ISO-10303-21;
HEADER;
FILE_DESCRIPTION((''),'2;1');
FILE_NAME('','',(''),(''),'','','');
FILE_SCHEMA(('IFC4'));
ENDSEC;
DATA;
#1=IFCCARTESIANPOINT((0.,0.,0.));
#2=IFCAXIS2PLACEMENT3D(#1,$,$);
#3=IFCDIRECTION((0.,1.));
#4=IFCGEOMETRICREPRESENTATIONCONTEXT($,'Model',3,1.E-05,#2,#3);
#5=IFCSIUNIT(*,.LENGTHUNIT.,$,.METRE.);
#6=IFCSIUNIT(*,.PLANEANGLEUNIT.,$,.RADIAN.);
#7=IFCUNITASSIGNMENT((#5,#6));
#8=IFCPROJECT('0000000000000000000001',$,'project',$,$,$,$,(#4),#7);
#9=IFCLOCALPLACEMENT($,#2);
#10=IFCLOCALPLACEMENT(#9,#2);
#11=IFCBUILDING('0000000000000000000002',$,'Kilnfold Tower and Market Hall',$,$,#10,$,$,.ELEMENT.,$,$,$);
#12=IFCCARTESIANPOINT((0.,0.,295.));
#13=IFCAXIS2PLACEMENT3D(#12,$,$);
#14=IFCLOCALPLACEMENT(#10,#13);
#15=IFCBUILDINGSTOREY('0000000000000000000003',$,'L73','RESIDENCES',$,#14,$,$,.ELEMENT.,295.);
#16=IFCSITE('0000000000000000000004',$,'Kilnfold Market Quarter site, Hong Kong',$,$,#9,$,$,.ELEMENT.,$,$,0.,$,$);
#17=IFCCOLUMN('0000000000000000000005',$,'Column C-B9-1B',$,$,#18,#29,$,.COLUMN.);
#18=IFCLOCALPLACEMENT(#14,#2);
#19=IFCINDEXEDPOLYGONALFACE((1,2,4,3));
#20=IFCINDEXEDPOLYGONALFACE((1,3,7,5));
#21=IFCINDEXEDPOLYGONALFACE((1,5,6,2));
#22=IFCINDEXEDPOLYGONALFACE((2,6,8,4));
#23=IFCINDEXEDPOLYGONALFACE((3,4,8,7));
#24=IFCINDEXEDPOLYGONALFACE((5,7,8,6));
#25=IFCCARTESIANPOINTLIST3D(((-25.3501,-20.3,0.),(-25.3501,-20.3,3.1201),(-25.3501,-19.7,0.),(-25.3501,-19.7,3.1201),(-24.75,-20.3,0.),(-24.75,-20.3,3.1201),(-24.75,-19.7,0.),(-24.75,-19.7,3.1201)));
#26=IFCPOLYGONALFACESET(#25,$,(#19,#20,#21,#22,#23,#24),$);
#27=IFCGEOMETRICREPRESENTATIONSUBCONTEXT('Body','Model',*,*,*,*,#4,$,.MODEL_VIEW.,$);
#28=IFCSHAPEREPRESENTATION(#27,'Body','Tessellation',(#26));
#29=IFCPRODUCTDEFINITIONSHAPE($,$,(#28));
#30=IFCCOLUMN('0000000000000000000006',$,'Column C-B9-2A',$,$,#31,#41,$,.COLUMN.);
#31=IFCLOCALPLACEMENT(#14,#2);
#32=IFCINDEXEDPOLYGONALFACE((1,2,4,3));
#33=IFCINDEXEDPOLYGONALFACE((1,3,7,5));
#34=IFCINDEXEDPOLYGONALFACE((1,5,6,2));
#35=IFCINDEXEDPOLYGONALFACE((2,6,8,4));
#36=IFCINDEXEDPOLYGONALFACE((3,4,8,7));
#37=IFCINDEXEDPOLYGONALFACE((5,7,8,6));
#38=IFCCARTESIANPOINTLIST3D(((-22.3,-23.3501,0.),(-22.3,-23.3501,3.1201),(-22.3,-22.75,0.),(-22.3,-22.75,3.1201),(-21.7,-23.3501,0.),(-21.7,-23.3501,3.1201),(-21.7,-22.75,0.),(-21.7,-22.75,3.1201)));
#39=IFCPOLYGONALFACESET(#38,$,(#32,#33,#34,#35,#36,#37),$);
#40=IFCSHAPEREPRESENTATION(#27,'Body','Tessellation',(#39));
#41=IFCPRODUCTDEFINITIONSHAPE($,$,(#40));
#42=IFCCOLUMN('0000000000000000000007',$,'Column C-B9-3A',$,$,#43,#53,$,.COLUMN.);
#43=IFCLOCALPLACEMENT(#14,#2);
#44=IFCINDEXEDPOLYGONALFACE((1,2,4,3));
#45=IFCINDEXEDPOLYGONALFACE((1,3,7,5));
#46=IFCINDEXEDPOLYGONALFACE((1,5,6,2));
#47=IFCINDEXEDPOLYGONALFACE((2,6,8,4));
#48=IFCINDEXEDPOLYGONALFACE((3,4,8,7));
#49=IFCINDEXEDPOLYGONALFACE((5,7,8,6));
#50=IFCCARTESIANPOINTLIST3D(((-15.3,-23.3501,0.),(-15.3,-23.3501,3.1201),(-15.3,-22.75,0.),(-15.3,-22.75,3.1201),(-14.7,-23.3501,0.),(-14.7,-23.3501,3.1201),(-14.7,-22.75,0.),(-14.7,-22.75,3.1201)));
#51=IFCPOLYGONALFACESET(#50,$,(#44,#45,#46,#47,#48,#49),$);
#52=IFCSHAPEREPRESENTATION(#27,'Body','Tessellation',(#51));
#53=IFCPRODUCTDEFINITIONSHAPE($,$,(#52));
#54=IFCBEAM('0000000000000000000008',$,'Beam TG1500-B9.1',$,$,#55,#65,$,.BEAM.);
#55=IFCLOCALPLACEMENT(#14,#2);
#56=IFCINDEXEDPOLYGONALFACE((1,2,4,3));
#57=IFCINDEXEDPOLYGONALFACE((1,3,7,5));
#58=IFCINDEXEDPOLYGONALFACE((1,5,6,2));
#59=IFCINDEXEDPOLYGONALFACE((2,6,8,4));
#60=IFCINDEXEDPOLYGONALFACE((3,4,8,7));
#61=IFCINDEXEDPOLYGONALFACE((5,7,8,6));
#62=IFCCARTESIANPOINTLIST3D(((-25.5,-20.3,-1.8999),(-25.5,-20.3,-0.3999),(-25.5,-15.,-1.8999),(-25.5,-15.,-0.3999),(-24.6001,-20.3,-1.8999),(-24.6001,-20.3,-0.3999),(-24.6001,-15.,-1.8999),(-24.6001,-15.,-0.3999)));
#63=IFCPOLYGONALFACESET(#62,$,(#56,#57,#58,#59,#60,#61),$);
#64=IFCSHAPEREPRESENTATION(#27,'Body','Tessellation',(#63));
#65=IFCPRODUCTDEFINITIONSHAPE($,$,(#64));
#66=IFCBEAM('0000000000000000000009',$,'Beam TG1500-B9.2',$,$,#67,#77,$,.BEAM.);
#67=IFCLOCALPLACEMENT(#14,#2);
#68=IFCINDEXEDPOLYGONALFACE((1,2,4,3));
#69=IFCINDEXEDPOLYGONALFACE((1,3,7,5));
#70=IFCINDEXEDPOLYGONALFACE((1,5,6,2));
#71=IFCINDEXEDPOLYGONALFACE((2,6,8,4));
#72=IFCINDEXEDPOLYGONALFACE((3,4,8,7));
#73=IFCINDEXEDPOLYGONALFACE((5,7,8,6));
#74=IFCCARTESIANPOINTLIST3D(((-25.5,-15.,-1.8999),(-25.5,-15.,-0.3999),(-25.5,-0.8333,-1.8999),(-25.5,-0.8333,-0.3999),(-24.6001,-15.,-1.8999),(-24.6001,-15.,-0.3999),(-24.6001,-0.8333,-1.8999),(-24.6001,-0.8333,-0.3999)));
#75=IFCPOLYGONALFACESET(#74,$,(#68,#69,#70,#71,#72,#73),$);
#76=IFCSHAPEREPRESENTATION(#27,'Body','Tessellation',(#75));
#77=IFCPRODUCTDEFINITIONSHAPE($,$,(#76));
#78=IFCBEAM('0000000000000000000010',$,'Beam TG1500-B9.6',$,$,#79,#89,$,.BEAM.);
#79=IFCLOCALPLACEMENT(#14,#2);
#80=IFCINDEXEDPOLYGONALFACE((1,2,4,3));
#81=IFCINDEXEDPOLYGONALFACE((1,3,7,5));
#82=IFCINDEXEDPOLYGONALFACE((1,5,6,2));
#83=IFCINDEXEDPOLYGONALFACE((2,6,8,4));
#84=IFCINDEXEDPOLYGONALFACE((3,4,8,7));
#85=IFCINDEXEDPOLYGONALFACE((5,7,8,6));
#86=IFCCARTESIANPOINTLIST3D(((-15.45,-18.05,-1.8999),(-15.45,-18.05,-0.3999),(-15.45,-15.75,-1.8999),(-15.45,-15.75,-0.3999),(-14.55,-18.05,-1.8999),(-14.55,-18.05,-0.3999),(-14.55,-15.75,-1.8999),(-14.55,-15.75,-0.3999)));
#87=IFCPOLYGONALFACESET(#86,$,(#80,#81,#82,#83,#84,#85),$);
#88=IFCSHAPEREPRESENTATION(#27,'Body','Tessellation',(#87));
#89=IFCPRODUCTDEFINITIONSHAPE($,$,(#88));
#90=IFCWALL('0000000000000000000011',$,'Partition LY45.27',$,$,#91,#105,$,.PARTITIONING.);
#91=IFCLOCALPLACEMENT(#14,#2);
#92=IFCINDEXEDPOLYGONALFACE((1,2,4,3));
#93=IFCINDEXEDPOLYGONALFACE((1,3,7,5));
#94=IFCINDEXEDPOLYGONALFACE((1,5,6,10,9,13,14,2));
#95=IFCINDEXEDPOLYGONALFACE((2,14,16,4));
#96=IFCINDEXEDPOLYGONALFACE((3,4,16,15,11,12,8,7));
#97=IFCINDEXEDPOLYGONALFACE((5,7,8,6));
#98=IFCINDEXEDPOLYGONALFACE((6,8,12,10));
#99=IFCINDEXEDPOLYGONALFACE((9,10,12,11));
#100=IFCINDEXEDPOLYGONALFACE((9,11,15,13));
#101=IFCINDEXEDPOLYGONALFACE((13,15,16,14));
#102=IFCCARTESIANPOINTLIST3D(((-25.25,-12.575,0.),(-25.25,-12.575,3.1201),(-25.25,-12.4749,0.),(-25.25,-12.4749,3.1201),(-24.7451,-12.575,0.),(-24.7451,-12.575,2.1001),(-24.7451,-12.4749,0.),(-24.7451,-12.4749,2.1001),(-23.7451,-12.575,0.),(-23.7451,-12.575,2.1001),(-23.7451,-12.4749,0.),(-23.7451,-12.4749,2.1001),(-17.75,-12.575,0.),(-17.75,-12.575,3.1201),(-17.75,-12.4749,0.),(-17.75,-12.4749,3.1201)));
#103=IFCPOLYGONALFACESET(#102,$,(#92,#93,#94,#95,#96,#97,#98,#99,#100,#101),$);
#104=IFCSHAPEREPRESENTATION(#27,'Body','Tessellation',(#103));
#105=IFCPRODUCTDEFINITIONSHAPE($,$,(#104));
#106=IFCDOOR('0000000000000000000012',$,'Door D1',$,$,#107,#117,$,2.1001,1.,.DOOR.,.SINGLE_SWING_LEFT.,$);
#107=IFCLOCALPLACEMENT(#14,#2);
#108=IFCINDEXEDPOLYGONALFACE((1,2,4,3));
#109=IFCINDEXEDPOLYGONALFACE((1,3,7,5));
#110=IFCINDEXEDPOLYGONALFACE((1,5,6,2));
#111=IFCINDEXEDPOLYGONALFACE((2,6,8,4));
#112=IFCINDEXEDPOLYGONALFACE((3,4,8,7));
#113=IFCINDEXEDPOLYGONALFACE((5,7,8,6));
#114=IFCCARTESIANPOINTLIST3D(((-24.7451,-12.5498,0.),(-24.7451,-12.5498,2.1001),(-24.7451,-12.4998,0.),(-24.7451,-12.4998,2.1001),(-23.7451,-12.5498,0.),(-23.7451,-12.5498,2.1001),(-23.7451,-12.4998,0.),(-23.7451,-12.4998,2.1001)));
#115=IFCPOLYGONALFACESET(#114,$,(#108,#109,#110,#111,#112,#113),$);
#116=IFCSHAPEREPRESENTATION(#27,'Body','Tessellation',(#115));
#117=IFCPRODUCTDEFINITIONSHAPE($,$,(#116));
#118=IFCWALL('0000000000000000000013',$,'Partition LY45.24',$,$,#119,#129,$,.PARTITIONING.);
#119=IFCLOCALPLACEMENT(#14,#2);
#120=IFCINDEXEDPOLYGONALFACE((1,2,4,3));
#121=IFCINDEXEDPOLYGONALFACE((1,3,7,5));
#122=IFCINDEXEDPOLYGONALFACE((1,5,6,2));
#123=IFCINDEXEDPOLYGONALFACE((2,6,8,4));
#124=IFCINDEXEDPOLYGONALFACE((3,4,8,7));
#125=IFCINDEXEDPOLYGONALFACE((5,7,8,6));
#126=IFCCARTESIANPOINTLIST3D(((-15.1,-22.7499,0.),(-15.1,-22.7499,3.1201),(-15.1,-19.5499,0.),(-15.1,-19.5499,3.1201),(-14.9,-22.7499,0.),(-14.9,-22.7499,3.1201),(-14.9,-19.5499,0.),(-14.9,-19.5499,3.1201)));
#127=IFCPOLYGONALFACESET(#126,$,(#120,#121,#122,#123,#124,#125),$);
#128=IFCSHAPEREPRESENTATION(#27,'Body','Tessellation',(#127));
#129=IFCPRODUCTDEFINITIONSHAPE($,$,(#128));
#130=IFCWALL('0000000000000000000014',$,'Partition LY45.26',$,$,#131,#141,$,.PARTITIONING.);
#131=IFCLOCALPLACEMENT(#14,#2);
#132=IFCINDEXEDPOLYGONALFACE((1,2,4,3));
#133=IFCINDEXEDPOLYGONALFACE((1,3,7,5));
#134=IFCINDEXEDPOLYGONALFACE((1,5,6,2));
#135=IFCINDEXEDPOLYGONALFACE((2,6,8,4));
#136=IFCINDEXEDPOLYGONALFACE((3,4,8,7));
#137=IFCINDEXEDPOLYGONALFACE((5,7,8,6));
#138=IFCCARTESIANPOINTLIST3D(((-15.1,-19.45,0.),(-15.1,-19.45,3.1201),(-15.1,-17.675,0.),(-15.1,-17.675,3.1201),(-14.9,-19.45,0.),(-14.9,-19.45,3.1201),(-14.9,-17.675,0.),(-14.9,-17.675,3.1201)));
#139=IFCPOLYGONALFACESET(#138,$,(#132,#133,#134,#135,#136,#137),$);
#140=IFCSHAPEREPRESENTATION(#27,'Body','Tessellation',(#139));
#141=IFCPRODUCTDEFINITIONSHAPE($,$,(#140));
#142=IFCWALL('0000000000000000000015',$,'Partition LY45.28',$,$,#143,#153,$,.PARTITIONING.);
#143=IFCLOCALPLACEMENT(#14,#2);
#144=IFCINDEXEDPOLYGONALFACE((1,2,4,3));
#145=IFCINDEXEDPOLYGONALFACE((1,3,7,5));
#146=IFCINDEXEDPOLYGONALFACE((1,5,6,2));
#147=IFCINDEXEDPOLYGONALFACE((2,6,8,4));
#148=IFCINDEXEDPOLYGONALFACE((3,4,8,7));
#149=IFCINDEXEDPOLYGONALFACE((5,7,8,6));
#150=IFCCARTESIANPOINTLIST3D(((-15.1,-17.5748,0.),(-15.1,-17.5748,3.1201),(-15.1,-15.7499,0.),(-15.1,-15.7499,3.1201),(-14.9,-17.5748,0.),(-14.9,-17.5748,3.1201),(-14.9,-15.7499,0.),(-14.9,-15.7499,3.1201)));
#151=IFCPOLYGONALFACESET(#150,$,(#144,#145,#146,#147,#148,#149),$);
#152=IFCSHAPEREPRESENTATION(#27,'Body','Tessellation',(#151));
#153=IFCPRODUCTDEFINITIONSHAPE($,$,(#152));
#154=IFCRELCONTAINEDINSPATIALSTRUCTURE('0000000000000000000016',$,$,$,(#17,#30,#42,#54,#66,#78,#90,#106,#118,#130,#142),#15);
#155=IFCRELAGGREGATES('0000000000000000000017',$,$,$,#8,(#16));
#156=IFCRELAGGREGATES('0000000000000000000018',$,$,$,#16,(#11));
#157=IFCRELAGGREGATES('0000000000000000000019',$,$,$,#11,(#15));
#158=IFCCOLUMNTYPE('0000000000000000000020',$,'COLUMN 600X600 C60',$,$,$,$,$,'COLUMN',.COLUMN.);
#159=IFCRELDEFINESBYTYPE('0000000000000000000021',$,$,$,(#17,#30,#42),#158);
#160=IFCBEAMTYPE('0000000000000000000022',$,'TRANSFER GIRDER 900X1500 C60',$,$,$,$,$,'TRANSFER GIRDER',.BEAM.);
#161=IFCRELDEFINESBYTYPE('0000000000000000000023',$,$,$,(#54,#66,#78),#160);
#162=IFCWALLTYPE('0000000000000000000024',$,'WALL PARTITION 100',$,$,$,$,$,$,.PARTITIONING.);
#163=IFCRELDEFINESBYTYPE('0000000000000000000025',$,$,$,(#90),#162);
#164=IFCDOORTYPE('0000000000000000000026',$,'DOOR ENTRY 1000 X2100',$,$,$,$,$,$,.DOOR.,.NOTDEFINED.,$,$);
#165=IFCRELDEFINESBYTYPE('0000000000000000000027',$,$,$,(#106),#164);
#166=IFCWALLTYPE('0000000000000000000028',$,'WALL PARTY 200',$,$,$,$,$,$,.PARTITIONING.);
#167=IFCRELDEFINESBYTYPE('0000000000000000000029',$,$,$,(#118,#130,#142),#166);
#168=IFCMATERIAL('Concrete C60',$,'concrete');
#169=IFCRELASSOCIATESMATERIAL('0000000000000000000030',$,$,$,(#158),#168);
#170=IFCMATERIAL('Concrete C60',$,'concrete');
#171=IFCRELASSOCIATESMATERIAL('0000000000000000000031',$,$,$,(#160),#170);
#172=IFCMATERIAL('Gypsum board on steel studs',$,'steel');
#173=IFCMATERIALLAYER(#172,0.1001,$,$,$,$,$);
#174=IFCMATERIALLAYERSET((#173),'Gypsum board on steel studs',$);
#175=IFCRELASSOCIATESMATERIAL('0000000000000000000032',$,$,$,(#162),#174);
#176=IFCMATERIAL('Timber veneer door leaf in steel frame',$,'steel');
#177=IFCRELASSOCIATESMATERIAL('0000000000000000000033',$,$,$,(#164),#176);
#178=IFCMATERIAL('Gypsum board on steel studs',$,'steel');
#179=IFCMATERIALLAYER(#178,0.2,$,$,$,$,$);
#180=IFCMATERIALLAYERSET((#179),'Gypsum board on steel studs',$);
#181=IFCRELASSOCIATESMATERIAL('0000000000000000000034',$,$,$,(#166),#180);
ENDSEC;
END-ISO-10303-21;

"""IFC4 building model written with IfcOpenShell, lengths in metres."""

from ifc_helpers import new_model, si_unit, direction, frame, frame_2d, origin, origin_2d, place, context, subcontext, project, spatial, rectangle, extrude, source, transform, mapped, material, layer, layer_set, material_profile, profile_set, type_object, element, fill, save


model = new_model("IFC4")

# Units and contexts
model_context = context("Model", 3, precision=1e-05, world=origin(), true_north=direction((0.0, 1.0)))
body_context = subcontext(model_context, "Body", "Model", "MODEL_VIEW")
ifc_project = project(units=[si_unit("LENGTHUNIT", "METRE"), si_unit("PLANEANGLEUNIT", "RADIAN")], contexts=[model_context])

# Site, building, storey
site_placement = place(None, origin())
site = spatial("IfcSite", under=ifc_project, at=site_placement, Name="Kilnfold Market Quarter site, Hong Kong", CompositionType="ELEMENT", RefElevation=0.0)
building_placement = place(site_placement, origin())
building = spatial("IfcBuilding", under=site, at=building_placement, Name="Kilnfold Tower and Market Hall", CompositionType="ELEMENT")
storey_placement = place(building_placement, frame((0.0, 0.0, 295.0)))
storey = spatial("IfcBuildingStorey", under=building, at=storey_placement, Name="L73", Description="RESIDENCES", CompositionType="ELEMENT", Elevation=295.0)

# Columns
ifc_material_1 = material(Name="Concrete C60", Category="concrete")
ifc_material_profile_1 = material_profile(ifc_material_1, rectangle(XDim=0.6001, YDim=0.6001, at=origin_2d()), Name="RC 600x600")
ifc_profile_set_1 = profile_set([ifc_material_profile_1], Name="Concrete C60")
column_type = type_object("IfcColumnType", Name="COLUMN 600X600 C60", ElementType="COLUMN", PredefinedType="COLUMN", material=ifc_profile_set_1)
shared_shape_1 = source(origin(), body_context, "Body", "SweptSolid", [
    extrude(rectangle(XDim=0.6001, YDim=0.6001, at=origin_2d()), origin(), (0.0, 0.0, 1.0), 3.1201),
])
for number, where, z_axis, x_axis, name in (
    (1, (-25.05, -20.0, 0.0), (0.0, 0.0, 1.0), (1.0, 0.0, 0.0), "Column C-B9-1B"),
    (2, (-22.0, -23.05, 0.0), (0.0, 0.0, 1.0), (1.0, 0.0, 0.0), "Column C-B9-2A"),
    (3, (-15.0, -23.05, 0.0), (0.0, 0.0, 1.0), (1.0, 0.0, 0.0), "Column C-B9-3A"),
):
    element("IfcColumn", number, at=place(storey_placement, frame(where, z_axis=z_axis, x_axis=x_axis)), inside=storey, type_object=column_type, Name=name, PredefinedType="COLUMN", context=body_context, shape_type="MappedRepresentation", body=[
        mapped(shared_shape_1, transform((0.0, 0.0, 0.0))),
    ])

# Beams
ifc_material_2 = material(Name="Concrete C60", Category="concrete")
ifc_material_profile_2 = material_profile(ifc_material_2, rectangle(XDim=0.8999, YDim=1.5, at=origin_2d()), Name="RC 900x1500")
ifc_profile_set_2 = profile_set([ifc_material_profile_2], Name="Concrete C60")
beam_type = type_object("IfcBeamType", Name="TRANSFER GIRDER 900X1500 C60", ElementType="TRANSFER GIRDER", PredefinedType="BEAM", material=ifc_profile_set_2)
shared_shape_2 = source(origin(), body_context, "Body", "SweptSolid", [
    extrude(rectangle(XDim=0.8999, YDim=1.5, at=origin_2d()), origin(), (0.0, 0.0, 1.0), 5.3),
])
beam_1_placement = place(storey_placement, frame((-25.05, -20.3, -1.1499), z_axis=(0.0, 1.0, 0.0), x_axis=(-1.0, 0.0, 0.0)))
element("IfcBeam", 4, at=beam_1_placement, inside=storey, type_object=beam_type, Name="Beam TG1500-B9.1", PredefinedType="BEAM", context=body_context, shape_type="MappedRepresentation", body=[
    mapped(shared_shape_2, transform((0.0, 0.0, 0.0))),
])
shared_shape_3 = source(origin(), body_context, "Body", "SweptSolid", [
    extrude(rectangle(XDim=0.8999, YDim=1.5, at=origin_2d()), origin(), (0.0, 0.0, 1.0), 14.1667),
])
beam_2_placement = place(storey_placement, frame((-25.05, -15.0, -1.1499), z_axis=(0.0, 1.0, 0.0), x_axis=(-1.0, 0.0, 0.0)))
element("IfcBeam", 5, at=beam_2_placement, inside=storey, type_object=beam_type, Name="Beam TG1500-B9.2", PredefinedType="BEAM", context=body_context, shape_type="MappedRepresentation", body=[
    mapped(shared_shape_3, transform((0.0, 0.0, 0.0))),
])
shared_shape_4 = source(origin(), body_context, "Body", "SweptSolid", [
    extrude(rectangle(XDim=0.8999, YDim=1.5, at=origin_2d()), origin(), (0.0, 0.0, 1.0), 2.3),
])
beam_3_placement = place(storey_placement, frame((-15.0, -18.05, -1.1499), z_axis=(0.0, 1.0, 0.0), x_axis=(-1.0, 0.0, 0.0)))
element("IfcBeam", 6, at=beam_3_placement, inside=storey, type_object=beam_type, Name="Beam TG1500-B9.6", PredefinedType="BEAM", context=body_context, shape_type="MappedRepresentation", body=[
    mapped(shared_shape_4, transform((0.0, 0.0, 0.0))),
])

# Wall, opening, door
ifc_material_3 = material(Name="Gypsum board on steel studs", Category="steel")
ifc_layer_1 = layer(ifc_material_3, 0.1001)
ifc_layer_set_1 = layer_set([ifc_layer_1], Name="Gypsum board on steel studs")
wall_type_1 = type_object("IfcWallType", Name="WALL PARTITION 100", PredefinedType="PARTITIONING", material=ifc_layer_set_1)
wall_1_placement = place(storey_placement, frame((-17.75, -12.5249, 0.0), z_axis=(0.0, 0.0, 1.0), x_axis=(-1.0, 0.0, 0.0)))
wall_1 = element("IfcWall", 7, at=wall_1_placement, inside=storey, type_object=wall_type_1, Name="Partition LY45.27", PredefinedType="PARTITIONING", context=body_context, shape_type="SweptSolid", body=[
    extrude(rectangle(XDim=7.5, YDim=0.1001, at=frame_2d((3.75, 0.0))), origin(), (0.0, 0.0, 1.0), 3.1201),
])
opening_1_placement = place(wall_1_placement, frame((5.9951, 0.0, 0.0)))
opening_1 = element("IfcOpeningElement", 8, at=opening_1_placement, cuts=wall_1, PredefinedType="OPENING", context=body_context, shape_type="SweptSolid", body=[
    extrude(rectangle(XDim=1.0, YDim=2.1001, at=frame_2d((0.5, 1.05))), frame((0.0, 0.0601, 0.0), z_axis=(0.0, -1.0, 0.0), x_axis=(1.0, 0.0, 0.0)), (0.0, 0.0, 1.0), 0.1201),
])
ifc_material_4 = material(Name="Timber veneer door leaf in steel frame", Category="steel")
door_type_1 = type_object("IfcDoorType", Name="DOOR ENTRY 1000 X2100", OperationType="NOTDEFINED", PredefinedType="DOOR", material=ifc_material_4)
door_1_placement = place(opening_1_placement, origin())
door_1 = element("IfcDoor", 9, at=door_1_placement, inside=storey, type_object=door_type_1, Name="Door D1", OperationType="SINGLE_SWING_LEFT", OverallHeight=2.1001, OverallWidth=1.0, PredefinedType="DOOR", context=body_context, shape_type="SweptSolid", body=[
    extrude(rectangle(XDim=1.0, YDim=2.1001, at=frame_2d((0.5, 1.05))), frame((0.0, 0.0249, 0.0), z_axis=(0.0, -1.0, 0.0), x_axis=(1.0, 0.0, 0.0)), (0.0, 0.0, 1.0), 0.05),
])
fill(opening_1, door_1)

# Walls
ifc_material_5 = material(Name="Gypsum board on steel studs", Category="steel")
ifc_layer_2 = layer(ifc_material_5, 0.2)
ifc_layer_set_2 = layer_set([ifc_layer_2], Name="Gypsum board on steel studs")
wall_type_2 = type_object("IfcWallType", Name="WALL PARTY 200", PredefinedType="PARTITIONING", material=ifc_layer_set_2)
wall_2_placement = place(storey_placement, frame((-15.0, -22.75, 0.0), z_axis=(0.0, 0.0, 1.0), x_axis=(0.0, 1.0, 0.0)))
element("IfcWall", 10, at=wall_2_placement, inside=storey, type_object=wall_type_2, Name="Partition LY45.24", PredefinedType="PARTITIONING", context=body_context, shape_type="SweptSolid", body=[
    extrude(rectangle(XDim=3.2, YDim=0.2, at=frame_2d((1.6001, 0.0))), origin(), (0.0, 0.0, 1.0), 3.1201),
])
wall_3_placement = place(storey_placement, frame((-15.0, -19.45, 0.0), z_axis=(0.0, 0.0, 1.0), x_axis=(0.0, 1.0, 0.0)))
element("IfcWall", 11, at=wall_3_placement, inside=storey, type_object=wall_type_2, Name="Partition LY45.26", PredefinedType="PARTITIONING", context=body_context, shape_type="SweptSolid", body=[
    extrude(rectangle(XDim=1.7749, YDim=0.2, at=frame_2d((0.8875, 0.0))), origin(), (0.0, 0.0, 1.0), 3.1201),
])
wall_4_placement = place(storey_placement, frame((-15.0, -17.575, 0.0), z_axis=(0.0, 0.0, 1.0), x_axis=(0.0, 1.0, 0.0)))
element("IfcWall", 12, at=wall_4_placement, inside=storey, type_object=wall_type_2, Name="Partition LY45.28", PredefinedType="PARTITIONING", context=body_context, shape_type="SweptSolid", body=[
    extrude(rectangle(XDim=1.825, YDim=0.2, at=frame_2d((0.9126, 0.0))), origin(), (0.0, 0.0, 1.0), 3.1201),
])

save(model, "model.ifc")
